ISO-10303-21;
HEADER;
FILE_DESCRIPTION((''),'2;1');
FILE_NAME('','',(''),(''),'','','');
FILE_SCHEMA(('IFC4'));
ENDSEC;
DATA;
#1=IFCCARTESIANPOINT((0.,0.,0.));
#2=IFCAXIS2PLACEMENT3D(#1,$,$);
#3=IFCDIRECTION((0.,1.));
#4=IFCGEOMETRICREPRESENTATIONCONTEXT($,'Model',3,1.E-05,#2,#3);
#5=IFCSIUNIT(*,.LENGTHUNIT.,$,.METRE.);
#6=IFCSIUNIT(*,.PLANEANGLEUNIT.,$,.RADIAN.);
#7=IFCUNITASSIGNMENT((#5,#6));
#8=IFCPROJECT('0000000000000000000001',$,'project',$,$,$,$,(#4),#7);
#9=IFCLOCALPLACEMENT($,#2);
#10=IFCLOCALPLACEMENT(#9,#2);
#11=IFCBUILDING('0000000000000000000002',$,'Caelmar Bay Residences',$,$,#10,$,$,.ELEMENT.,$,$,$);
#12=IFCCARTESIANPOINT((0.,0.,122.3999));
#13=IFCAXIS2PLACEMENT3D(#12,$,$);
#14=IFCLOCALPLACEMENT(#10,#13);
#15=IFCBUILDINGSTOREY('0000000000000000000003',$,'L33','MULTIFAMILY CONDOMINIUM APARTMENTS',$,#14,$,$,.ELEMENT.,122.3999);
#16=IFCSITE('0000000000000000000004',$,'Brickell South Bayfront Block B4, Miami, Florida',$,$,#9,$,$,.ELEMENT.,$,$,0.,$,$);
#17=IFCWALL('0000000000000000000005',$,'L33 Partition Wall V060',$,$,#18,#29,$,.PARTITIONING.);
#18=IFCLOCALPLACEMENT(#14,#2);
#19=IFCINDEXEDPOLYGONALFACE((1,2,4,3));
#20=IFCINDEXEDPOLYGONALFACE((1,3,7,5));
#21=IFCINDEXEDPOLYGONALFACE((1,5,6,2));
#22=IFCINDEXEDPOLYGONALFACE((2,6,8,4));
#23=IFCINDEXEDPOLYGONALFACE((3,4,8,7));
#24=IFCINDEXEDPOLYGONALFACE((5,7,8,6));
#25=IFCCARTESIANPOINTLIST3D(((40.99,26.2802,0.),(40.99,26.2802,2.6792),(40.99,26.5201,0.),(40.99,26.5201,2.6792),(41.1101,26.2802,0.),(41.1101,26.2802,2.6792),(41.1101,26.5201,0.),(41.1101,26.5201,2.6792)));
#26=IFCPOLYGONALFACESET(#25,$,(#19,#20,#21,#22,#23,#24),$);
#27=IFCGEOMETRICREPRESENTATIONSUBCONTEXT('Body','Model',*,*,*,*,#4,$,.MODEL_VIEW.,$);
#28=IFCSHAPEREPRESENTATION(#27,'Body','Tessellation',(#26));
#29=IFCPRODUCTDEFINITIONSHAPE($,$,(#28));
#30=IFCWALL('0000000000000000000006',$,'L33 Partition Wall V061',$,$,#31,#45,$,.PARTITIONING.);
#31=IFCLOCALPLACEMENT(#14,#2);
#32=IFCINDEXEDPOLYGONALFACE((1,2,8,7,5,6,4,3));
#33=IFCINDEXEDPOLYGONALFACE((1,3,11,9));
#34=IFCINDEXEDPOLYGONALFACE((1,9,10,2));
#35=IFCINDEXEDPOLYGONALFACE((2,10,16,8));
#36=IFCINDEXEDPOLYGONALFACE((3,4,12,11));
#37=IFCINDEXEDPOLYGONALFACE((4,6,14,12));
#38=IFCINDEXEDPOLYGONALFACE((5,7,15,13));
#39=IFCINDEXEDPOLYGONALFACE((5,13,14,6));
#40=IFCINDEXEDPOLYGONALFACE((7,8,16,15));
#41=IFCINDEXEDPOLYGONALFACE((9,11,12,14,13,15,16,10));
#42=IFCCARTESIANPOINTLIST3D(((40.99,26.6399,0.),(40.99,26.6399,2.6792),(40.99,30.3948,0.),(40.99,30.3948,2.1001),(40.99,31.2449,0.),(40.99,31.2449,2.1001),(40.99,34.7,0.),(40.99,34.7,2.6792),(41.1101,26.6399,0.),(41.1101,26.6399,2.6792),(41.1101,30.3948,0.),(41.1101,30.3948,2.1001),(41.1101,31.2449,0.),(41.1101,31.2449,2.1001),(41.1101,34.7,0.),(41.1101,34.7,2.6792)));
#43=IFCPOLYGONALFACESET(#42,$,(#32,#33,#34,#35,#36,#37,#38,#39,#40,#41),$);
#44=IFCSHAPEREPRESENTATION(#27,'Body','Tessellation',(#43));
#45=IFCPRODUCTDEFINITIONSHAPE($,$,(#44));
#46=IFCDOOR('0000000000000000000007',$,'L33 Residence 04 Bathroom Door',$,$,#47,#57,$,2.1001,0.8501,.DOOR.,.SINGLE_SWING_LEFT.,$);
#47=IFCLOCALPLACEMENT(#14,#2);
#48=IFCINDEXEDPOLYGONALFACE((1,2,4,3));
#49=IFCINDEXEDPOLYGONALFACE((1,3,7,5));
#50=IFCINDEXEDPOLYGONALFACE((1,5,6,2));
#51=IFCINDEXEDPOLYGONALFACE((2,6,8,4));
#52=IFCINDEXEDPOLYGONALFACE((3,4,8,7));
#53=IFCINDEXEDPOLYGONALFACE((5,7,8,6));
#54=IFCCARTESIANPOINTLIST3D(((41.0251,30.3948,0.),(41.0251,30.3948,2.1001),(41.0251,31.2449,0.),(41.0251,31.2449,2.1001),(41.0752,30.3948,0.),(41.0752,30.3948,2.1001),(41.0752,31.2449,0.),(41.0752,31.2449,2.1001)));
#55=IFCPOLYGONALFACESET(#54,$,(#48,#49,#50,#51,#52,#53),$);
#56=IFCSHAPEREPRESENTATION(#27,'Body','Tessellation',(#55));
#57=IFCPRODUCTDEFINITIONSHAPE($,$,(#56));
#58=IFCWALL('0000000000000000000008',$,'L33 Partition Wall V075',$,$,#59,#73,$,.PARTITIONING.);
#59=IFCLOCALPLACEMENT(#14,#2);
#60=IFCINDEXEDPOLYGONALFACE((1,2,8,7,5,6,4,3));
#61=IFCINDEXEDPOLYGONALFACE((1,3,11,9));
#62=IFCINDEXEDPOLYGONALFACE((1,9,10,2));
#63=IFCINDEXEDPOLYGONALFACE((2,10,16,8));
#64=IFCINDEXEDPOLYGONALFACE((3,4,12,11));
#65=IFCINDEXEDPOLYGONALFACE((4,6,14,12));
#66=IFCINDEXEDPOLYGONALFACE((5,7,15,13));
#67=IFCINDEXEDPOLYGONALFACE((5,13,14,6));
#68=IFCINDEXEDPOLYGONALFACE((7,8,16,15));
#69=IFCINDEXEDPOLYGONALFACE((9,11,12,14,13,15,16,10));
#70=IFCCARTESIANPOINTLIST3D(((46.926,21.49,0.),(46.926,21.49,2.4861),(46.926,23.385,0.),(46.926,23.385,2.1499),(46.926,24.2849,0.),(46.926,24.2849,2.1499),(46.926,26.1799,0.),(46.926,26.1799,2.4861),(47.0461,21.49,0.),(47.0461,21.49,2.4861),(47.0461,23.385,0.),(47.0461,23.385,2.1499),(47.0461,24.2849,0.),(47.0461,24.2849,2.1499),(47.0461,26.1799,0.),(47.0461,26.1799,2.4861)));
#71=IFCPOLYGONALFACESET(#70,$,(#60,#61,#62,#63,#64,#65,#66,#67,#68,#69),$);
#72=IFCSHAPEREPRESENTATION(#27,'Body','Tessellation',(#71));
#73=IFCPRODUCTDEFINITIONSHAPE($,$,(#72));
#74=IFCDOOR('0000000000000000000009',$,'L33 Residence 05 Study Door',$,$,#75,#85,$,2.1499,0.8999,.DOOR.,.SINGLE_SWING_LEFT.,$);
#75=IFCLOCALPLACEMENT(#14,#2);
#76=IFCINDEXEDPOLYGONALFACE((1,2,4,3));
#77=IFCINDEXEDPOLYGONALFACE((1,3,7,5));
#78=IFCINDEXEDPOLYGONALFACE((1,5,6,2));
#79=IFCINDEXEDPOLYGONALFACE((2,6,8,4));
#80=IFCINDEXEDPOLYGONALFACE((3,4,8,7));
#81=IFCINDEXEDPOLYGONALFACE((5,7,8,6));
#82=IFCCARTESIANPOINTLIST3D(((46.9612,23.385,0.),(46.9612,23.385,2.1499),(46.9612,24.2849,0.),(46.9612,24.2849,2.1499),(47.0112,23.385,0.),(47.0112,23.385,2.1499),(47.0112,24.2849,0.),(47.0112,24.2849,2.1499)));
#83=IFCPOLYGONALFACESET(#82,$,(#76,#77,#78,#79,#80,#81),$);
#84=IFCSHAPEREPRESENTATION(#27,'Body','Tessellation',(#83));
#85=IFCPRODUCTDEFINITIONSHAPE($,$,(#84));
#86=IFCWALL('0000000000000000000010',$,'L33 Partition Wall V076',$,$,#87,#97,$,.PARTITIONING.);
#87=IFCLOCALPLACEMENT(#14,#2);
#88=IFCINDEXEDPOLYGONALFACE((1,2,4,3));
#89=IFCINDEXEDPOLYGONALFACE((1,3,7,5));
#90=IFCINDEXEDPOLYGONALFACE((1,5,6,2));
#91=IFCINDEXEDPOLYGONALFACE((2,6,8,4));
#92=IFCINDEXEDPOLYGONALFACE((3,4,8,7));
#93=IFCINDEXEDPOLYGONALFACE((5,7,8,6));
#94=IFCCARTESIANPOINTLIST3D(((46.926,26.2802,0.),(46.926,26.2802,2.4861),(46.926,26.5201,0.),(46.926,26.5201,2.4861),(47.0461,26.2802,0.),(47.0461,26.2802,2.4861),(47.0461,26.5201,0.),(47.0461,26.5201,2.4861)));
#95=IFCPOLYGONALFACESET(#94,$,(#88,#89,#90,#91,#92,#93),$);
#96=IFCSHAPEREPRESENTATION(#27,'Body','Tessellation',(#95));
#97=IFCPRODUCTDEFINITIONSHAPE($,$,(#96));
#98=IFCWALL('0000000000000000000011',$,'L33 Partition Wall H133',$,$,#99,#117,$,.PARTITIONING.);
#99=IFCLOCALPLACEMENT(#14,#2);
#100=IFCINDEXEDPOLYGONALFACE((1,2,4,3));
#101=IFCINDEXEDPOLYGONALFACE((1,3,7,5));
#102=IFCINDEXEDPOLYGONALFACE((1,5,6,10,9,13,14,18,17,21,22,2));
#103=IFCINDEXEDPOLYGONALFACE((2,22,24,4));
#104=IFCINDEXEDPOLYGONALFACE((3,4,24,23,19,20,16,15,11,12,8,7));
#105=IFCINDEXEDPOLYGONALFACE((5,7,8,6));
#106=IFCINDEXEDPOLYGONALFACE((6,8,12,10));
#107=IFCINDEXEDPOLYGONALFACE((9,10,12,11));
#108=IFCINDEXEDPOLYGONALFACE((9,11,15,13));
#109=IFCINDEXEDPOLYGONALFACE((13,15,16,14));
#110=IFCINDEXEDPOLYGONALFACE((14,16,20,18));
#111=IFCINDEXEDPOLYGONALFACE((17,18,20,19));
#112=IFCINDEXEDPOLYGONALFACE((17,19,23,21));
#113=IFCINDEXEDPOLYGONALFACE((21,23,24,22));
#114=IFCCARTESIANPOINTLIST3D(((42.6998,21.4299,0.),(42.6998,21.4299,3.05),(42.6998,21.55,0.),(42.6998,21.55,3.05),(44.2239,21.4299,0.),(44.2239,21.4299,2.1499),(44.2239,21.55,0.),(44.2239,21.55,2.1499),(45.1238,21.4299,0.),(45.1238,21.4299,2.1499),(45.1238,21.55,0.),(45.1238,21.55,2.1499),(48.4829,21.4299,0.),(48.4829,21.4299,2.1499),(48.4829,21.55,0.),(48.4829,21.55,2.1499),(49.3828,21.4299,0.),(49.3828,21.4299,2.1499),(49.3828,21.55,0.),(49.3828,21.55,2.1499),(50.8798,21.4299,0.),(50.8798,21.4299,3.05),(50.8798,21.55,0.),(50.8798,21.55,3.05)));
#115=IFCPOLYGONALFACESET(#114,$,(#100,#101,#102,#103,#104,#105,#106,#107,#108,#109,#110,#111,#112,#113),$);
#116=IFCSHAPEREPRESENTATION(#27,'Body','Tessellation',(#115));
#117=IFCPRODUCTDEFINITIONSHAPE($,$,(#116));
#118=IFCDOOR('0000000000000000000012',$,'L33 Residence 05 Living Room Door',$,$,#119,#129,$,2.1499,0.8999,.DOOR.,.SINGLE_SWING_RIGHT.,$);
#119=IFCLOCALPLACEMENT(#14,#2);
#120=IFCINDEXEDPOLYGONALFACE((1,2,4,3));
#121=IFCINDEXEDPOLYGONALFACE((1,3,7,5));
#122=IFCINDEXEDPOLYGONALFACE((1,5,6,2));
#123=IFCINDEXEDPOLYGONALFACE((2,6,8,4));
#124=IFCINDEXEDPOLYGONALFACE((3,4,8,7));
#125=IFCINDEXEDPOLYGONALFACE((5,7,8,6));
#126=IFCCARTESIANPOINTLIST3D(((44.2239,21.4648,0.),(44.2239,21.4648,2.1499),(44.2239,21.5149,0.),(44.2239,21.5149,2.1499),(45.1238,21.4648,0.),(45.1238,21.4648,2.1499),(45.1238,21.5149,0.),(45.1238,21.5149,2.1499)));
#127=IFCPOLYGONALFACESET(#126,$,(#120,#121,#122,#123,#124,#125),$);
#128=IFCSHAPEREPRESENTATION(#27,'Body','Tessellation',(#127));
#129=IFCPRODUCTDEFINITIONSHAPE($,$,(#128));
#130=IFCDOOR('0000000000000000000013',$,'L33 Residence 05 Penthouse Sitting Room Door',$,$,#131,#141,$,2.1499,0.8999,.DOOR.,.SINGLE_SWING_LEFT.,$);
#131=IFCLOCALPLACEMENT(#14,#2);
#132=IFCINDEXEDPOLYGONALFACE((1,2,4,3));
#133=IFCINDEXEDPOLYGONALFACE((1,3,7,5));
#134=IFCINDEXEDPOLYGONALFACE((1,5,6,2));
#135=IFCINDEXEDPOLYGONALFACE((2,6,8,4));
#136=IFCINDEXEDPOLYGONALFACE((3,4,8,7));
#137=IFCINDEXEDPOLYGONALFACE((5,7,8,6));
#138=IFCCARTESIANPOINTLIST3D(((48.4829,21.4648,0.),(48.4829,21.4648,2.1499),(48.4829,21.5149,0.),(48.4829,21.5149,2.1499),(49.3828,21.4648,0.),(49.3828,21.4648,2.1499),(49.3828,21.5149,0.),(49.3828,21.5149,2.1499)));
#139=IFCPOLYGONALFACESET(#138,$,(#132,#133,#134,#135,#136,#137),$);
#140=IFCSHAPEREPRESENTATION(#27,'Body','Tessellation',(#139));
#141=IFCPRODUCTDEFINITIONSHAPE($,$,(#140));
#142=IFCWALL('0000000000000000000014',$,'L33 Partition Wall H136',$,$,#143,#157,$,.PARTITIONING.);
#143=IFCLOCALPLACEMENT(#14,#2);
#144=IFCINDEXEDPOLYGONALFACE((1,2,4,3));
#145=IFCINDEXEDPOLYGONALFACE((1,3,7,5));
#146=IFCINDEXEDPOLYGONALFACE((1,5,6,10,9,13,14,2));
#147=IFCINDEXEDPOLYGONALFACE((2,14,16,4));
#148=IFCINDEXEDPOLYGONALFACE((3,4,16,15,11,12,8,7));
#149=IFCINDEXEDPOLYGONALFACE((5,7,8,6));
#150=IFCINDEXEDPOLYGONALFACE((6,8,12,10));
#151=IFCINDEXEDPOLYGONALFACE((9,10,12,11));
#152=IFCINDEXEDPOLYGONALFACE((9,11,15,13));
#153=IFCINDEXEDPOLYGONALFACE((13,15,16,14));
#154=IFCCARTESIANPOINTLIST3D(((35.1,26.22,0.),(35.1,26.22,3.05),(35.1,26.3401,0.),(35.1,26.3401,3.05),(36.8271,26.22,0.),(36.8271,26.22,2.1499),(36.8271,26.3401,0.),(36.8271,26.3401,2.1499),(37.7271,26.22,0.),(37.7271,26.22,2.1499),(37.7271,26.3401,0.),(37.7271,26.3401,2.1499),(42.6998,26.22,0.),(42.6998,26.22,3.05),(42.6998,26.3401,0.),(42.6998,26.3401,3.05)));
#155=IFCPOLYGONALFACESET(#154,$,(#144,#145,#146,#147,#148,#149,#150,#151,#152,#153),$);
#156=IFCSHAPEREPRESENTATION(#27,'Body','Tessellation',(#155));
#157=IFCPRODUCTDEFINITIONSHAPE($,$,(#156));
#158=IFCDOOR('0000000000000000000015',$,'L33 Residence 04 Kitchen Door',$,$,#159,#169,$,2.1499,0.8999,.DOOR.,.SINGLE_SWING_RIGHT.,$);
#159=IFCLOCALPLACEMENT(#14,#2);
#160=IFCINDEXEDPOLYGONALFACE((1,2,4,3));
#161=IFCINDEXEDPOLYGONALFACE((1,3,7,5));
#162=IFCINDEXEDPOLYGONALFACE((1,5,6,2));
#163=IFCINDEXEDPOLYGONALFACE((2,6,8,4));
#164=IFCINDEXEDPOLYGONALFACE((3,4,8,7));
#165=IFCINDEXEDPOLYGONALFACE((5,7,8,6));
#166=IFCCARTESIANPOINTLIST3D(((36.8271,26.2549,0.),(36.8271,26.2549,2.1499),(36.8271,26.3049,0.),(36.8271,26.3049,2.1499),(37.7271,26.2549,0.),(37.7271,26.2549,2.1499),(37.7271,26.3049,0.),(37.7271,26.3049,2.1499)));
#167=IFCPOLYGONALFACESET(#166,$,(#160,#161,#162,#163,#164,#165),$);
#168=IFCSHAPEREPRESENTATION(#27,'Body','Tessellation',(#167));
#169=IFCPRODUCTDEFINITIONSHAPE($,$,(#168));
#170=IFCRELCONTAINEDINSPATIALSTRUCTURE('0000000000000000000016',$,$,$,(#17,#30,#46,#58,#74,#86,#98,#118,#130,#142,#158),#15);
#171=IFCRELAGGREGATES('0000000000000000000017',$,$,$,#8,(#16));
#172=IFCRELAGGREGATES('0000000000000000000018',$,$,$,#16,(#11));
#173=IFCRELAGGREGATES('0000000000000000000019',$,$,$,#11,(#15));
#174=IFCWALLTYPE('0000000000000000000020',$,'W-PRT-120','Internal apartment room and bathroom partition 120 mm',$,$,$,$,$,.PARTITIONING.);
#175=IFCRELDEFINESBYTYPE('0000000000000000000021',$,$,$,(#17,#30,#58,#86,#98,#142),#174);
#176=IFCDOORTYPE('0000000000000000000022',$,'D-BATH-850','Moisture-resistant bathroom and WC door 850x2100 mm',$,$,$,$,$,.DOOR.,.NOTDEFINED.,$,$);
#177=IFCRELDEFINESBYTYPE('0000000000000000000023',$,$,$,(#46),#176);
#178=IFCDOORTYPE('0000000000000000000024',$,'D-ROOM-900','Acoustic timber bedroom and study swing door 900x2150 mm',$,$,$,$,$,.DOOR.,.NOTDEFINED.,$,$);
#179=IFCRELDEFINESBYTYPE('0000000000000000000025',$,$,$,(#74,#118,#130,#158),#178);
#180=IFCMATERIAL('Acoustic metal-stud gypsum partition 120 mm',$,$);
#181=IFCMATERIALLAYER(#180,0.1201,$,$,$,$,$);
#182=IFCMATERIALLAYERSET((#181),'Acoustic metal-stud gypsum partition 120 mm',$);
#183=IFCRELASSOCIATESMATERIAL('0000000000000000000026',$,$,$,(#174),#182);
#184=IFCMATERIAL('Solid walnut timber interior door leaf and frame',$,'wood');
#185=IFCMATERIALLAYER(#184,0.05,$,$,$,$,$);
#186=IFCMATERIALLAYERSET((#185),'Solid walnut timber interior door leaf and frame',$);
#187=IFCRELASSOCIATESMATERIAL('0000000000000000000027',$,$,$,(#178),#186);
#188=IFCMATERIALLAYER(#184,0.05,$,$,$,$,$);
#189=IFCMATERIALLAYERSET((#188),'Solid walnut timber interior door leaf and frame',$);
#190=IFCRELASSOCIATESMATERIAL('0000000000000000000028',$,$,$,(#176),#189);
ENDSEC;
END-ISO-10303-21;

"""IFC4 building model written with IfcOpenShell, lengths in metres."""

from ifc_helpers import new_model, si_unit, direction, frame, frame_2d, origin, place, context, subcontext, project, spatial, rectangle, extrude, material, layer, layer_set, type_object, element, fill, save


model = new_model("IFC4")

# Units and contexts
model_context = context("Model", 3, precision=1e-05, world=origin(), true_north=direction((0.0, 1.0)))
body_context = subcontext(model_context, "Body", "Model", "MODEL_VIEW")
ifc_project = project(units=[si_unit("LENGTHUNIT", "METRE"), si_unit("PLANEANGLEUNIT", "RADIAN")], contexts=[model_context])

# Site, building, storey
site_placement = place(None, origin())
site = spatial("IfcSite", under=ifc_project, at=site_placement, Name="Brickell South Bayfront Block B4, Miami, Florida", CompositionType="ELEMENT", RefElevation=0.0)
building_placement = place(site_placement, origin())
building = spatial("IfcBuilding", under=site, at=building_placement, Name="Caelmar Bay Residences", CompositionType="ELEMENT")
storey_placement = place(building_placement, frame((0.0, 0.0, 122.3999)))
storey = spatial("IfcBuildingStorey", under=building, at=storey_placement, Name="L33", Description="MULTIFAMILY CONDOMINIUM APARTMENTS", CompositionType="ELEMENT", Elevation=122.3999)

# Shared definitions
ifc_material_1 = material(Name="Acoustic metal-stud gypsum partition 120 mm")
ifc_layer_1 = layer(ifc_material_1, 0.1201)
ifc_layer_set_1 = layer_set([ifc_layer_1], Name="Acoustic metal-stud gypsum partition 120 mm")
wall_type_1 = type_object("IfcWallType", Name="W-PRT-120", Description="Internal apartment room and bathroom partition 120 mm", PredefinedType="PARTITIONING", material=ifc_layer_set_1)
ifc_material_2 = material(Name="Solid walnut timber interior door leaf and frame", Category="wood")
ifc_layer_2 = layer(ifc_material_2, 0.05)
ifc_layer_set_2 = layer_set([ifc_layer_2], Name="Solid walnut timber interior door leaf and frame")
door_type_1 = type_object("IfcDoorType", Name="D-ROOM-900", Description="Acoustic timber bedroom and study swing door 900x2150 mm", OperationType="NOTDEFINED", PredefinedType="DOOR", material=ifc_layer_set_2)

# Wall
wall_1_placement = place(storey_placement, frame((41.05, 26.28, 0.0), z_axis=(0.0, 0.0, 1.0), x_axis=(0.0, 1.0, 0.0)))
element("IfcWall", 1, at=wall_1_placement, inside=storey, type_object=wall_type_1, Name="L33 Partition Wall V060", PredefinedType="PARTITIONING", context=body_context, shape_type="SweptSolid", body=[
    extrude(rectangle(XDim=0.24, YDim=0.1201, at=frame_2d((0.1201, 0.0))), origin(), (0.0, 0.0, 1.0), 2.6792),
])

# Walls, openings, doors
wall_2_placement = place(storey_placement, frame((41.05, 26.6399, 0.0), z_axis=(0.0, 0.0, 1.0), x_axis=(0.0, 1.0, 0.0)))
wall_2 = element("IfcWall", 2, at=wall_2_placement, inside=storey, type_object=wall_type_1, Name="L33 Partition Wall V061", PredefinedType="PARTITIONING", context=body_context, shape_type="SweptSolid", body=[
    extrude(rectangle(XDim=8.0601, YDim=0.1201, at=frame_2d((4.03, 0.0))), origin(), (0.0, 0.0, 1.0), 2.6792),
])
opening_1_placement = place(wall_2_placement, frame((3.7549, 0.0, 0.0)))
opening_1 = element("IfcOpeningElement", 3, at=opening_1_placement, cuts=wall_2, PredefinedType="OPENING", context=body_context, shape_type="SweptSolid", body=[
    extrude(rectangle(XDim=0.8501, YDim=2.1001, at=frame_2d((0.425, 1.05))), frame((0.0, 0.0701, 0.0), z_axis=(0.0, -1.0, 0.0), x_axis=(1.0, 0.0, 0.0)), (0.0, 0.0, 1.0), 0.1401),
])
ifc_layer_3 = layer(ifc_material_2, 0.05)
ifc_layer_set_3 = layer_set([ifc_layer_3], Name="Solid walnut timber interior door leaf and frame")
door_type_2 = type_object("IfcDoorType", Name="D-BATH-850", Description="Moisture-resistant bathroom and WC door 850x2100 mm", OperationType="NOTDEFINED", PredefinedType="DOOR", material=ifc_layer_set_3)
door_1_placement = place(opening_1_placement, origin())
door_1 = element("IfcDoor", 4, at=door_1_placement, inside=storey, type_object=door_type_2, Name="L33 Residence 04 Bathroom Door", OperationType="SINGLE_SWING_LEFT", OverallHeight=2.1001, OverallWidth=0.8501, PredefinedType="DOOR", context=body_context, shape_type="SweptSolid", body=[
    extrude(rectangle(XDim=0.8501, YDim=2.1001, at=frame_2d((0.425, 1.05))), frame((0.0, 0.0249, 0.0), z_axis=(0.0, -1.0, 0.0), x_axis=(1.0, 0.0, 0.0)), (0.0, 0.0, 1.0), 0.05),
])
fill(opening_1, door_1)
wall_3_placement = place(storey_placement, frame((46.9861, 21.49, 0.0), z_axis=(0.0, 0.0, 1.0), x_axis=(0.0, 1.0, 0.0)))
wall_3 = element("IfcWall", 5, at=wall_3_placement, inside=storey, type_object=wall_type_1, Name="L33 Partition Wall V075", PredefinedType="PARTITIONING", context=body_context, shape_type="SweptSolid", body=[
    extrude(rectangle(XDim=4.6899, YDim=0.1201, at=frame_2d((2.345, 0.0))), origin(), (0.0, 0.0, 1.0), 2.4861),
])
opening_2_placement = place(wall_3_placement, frame((1.895, 0.0, 0.0)))
opening_2 = element("IfcOpeningElement", 6, at=opening_2_placement, cuts=wall_3, PredefinedType="OPENING", context=body_context, shape_type="SweptSolid", body=[
    extrude(rectangle(XDim=0.8999, YDim=2.1499, at=frame_2d((0.45, 1.075))), frame((0.0, 0.0701, 0.0), z_axis=(0.0, -1.0, 0.0), x_axis=(1.0, 0.0, 0.0)), (0.0, 0.0, 1.0), 0.1401),
])
door_2_placement = place(opening_2_placement, origin())
door_2 = element("IfcDoor", 7, at=door_2_placement, inside=storey, type_object=door_type_1, Name="L33 Residence 05 Study Door", OperationType="SINGLE_SWING_LEFT", OverallHeight=2.1499, OverallWidth=0.8999, PredefinedType="DOOR", context=body_context, shape_type="SweptSolid", body=[
    extrude(rectangle(XDim=0.8999, YDim=2.1499, at=frame_2d((0.45, 1.075))), frame((0.0, 0.0249, 0.0), z_axis=(0.0, -1.0, 0.0), x_axis=(1.0, 0.0, 0.0)), (0.0, 0.0, 1.0), 0.05),
])
fill(opening_2, door_2)

# Wall
wall_4_placement = place(storey_placement, frame((46.9861, 26.28, 0.0), z_axis=(0.0, 0.0, 1.0), x_axis=(0.0, 1.0, 0.0)))
element("IfcWall", 8, at=wall_4_placement, inside=storey, type_object=wall_type_1, Name="L33 Partition Wall V076", PredefinedType="PARTITIONING", context=body_context, shape_type="SweptSolid", body=[
    extrude(rectangle(XDim=0.24, YDim=0.1201, at=frame_2d((0.1201, 0.0))), origin(), (0.0, 0.0, 1.0), 2.4861),
])

# Wall, openings, doors
wall_5_placement = place(storey_placement, frame((42.7, 21.49, 0.0), z_axis=(0.0, 0.0, 1.0), x_axis=(1.0, 0.0, 0.0)))
wall_5 = element("IfcWall", 9, at=wall_5_placement, inside=storey, type_object=wall_type_1, Name="L33 Partition Wall H133", PredefinedType="PARTITIONING", context=body_context, shape_type="SweptSolid", body=[
    extrude(rectangle(XDim=8.1799, YDim=0.1201, at=frame_2d((4.0898, 0.0))), origin(), (0.0, 0.0, 1.0), 3.05),
])
opening_3_placement = place(wall_5_placement, frame((1.5239, 0.0, 0.0)))
opening_3 = element("IfcOpeningElement", 10, at=opening_3_placement, cuts=wall_5, PredefinedType="OPENING", context=body_context, shape_type="SweptSolid", body=[
    extrude(rectangle(XDim=0.8999, YDim=2.1499, at=frame_2d((0.45, 1.075))), frame((0.0, 0.0701, 0.0), z_axis=(0.0, -1.0, 0.0), x_axis=(1.0, 0.0, 0.0)), (0.0, 0.0, 1.0), 0.1401),
])
opening_4_placement = place(wall_5_placement, frame((5.783, 0.0, 0.0)))
opening_4 = element("IfcOpeningElement", 11, at=opening_4_placement, cuts=wall_5, PredefinedType="OPENING", context=body_context, shape_type="SweptSolid", body=[
    extrude(rectangle(XDim=0.8999, YDim=2.1499, at=frame_2d((0.45, 1.075))), frame((0.0, 0.0701, 0.0), z_axis=(0.0, -1.0, 0.0), x_axis=(1.0, 0.0, 0.0)), (0.0, 0.0, 1.0), 0.1401),
])
door_3_placement = place(opening_3_placement, origin())
door_3 = element("IfcDoor", 12, at=door_3_placement, inside=storey, type_object=door_type_1, Name="L33 Residence 05 Living Room Door", OperationType="SINGLE_SWING_RIGHT", OverallHeight=2.1499, OverallWidth=0.8999, PredefinedType="DOOR", context=body_context, shape_type="SweptSolid", body=[
    extrude(rectangle(XDim=0.8999, YDim=2.1499, at=frame_2d((0.45, 1.075))), frame((0.0, 0.0249, 0.0), z_axis=(0.0, -1.0, 0.0), x_axis=(1.0, 0.0, 0.0)), (0.0, 0.0, 1.0), 0.05),
])
fill(opening_3, door_3)
door_4_placement = place(opening_4_placement, origin())
door_4 = element("IfcDoor", 13, at=door_4_placement, inside=storey, type_object=door_type_1, Name="L33 Residence 05 Penthouse Sitting Room Door", OperationType="SINGLE_SWING_LEFT", OverallHeight=2.1499, OverallWidth=0.8999, PredefinedType="DOOR", context=body_context, shape_type="SweptSolid", body=[
    extrude(rectangle(XDim=0.8999, YDim=2.1499, at=frame_2d((0.45, 1.075))), frame((0.0, 0.0249, 0.0), z_axis=(0.0, -1.0, 0.0), x_axis=(1.0, 0.0, 0.0)), (0.0, 0.0, 1.0), 0.05),
])
fill(opening_4, door_4)

# Wall, opening, door
wall_6_placement = place(storey_placement, frame((35.1001, 26.28, 0.0), z_axis=(0.0, 0.0, 1.0), x_axis=(1.0, 0.0, 0.0)))
wall_6 = element("IfcWall", 14, at=wall_6_placement, inside=storey, type_object=wall_type_1, Name="L33 Partition Wall H136", PredefinedType="PARTITIONING", context=body_context, shape_type="SweptSolid", body=[
    extrude(rectangle(XDim=7.5999, YDim=0.1201, at=frame_2d((3.7998, 0.0))), origin(), (0.0, 0.0, 1.0), 3.05),
])
opening_5_placement = place(wall_6_placement, frame((1.7271, 0.0, 0.0)))
opening_5 = element("IfcOpeningElement", 15, at=opening_5_placement, cuts=wall_6, PredefinedType="OPENING", context=body_context, shape_type="SweptSolid", body=[
    extrude(rectangle(XDim=0.8999, YDim=2.1499, at=frame_2d((0.45, 1.075))), frame((0.0, 0.0701, 0.0), z_axis=(0.0, -1.0, 0.0), x_axis=(1.0, 0.0, 0.0)), (0.0, 0.0, 1.0), 0.1401),
])
door_5_placement = place(opening_5_placement, origin())
door_5 = element("IfcDoor", 16, at=door_5_placement, inside=storey, type_object=door_type_1, Name="L33 Residence 04 Kitchen Door", OperationType="SINGLE_SWING_RIGHT", OverallHeight=2.1499, OverallWidth=0.8999, PredefinedType="DOOR", context=body_context, shape_type="SweptSolid", body=[
    extrude(rectangle(XDim=0.8999, YDim=2.1499, at=frame_2d((0.45, 1.075))), frame((0.0, 0.0249, 0.0), z_axis=(0.0, -1.0, 0.0), x_axis=(1.0, 0.0, 0.0)), (0.0, 0.0, 1.0), 0.05),
])
fill(opening_5, door_5)

save(model, "model.ifc")
